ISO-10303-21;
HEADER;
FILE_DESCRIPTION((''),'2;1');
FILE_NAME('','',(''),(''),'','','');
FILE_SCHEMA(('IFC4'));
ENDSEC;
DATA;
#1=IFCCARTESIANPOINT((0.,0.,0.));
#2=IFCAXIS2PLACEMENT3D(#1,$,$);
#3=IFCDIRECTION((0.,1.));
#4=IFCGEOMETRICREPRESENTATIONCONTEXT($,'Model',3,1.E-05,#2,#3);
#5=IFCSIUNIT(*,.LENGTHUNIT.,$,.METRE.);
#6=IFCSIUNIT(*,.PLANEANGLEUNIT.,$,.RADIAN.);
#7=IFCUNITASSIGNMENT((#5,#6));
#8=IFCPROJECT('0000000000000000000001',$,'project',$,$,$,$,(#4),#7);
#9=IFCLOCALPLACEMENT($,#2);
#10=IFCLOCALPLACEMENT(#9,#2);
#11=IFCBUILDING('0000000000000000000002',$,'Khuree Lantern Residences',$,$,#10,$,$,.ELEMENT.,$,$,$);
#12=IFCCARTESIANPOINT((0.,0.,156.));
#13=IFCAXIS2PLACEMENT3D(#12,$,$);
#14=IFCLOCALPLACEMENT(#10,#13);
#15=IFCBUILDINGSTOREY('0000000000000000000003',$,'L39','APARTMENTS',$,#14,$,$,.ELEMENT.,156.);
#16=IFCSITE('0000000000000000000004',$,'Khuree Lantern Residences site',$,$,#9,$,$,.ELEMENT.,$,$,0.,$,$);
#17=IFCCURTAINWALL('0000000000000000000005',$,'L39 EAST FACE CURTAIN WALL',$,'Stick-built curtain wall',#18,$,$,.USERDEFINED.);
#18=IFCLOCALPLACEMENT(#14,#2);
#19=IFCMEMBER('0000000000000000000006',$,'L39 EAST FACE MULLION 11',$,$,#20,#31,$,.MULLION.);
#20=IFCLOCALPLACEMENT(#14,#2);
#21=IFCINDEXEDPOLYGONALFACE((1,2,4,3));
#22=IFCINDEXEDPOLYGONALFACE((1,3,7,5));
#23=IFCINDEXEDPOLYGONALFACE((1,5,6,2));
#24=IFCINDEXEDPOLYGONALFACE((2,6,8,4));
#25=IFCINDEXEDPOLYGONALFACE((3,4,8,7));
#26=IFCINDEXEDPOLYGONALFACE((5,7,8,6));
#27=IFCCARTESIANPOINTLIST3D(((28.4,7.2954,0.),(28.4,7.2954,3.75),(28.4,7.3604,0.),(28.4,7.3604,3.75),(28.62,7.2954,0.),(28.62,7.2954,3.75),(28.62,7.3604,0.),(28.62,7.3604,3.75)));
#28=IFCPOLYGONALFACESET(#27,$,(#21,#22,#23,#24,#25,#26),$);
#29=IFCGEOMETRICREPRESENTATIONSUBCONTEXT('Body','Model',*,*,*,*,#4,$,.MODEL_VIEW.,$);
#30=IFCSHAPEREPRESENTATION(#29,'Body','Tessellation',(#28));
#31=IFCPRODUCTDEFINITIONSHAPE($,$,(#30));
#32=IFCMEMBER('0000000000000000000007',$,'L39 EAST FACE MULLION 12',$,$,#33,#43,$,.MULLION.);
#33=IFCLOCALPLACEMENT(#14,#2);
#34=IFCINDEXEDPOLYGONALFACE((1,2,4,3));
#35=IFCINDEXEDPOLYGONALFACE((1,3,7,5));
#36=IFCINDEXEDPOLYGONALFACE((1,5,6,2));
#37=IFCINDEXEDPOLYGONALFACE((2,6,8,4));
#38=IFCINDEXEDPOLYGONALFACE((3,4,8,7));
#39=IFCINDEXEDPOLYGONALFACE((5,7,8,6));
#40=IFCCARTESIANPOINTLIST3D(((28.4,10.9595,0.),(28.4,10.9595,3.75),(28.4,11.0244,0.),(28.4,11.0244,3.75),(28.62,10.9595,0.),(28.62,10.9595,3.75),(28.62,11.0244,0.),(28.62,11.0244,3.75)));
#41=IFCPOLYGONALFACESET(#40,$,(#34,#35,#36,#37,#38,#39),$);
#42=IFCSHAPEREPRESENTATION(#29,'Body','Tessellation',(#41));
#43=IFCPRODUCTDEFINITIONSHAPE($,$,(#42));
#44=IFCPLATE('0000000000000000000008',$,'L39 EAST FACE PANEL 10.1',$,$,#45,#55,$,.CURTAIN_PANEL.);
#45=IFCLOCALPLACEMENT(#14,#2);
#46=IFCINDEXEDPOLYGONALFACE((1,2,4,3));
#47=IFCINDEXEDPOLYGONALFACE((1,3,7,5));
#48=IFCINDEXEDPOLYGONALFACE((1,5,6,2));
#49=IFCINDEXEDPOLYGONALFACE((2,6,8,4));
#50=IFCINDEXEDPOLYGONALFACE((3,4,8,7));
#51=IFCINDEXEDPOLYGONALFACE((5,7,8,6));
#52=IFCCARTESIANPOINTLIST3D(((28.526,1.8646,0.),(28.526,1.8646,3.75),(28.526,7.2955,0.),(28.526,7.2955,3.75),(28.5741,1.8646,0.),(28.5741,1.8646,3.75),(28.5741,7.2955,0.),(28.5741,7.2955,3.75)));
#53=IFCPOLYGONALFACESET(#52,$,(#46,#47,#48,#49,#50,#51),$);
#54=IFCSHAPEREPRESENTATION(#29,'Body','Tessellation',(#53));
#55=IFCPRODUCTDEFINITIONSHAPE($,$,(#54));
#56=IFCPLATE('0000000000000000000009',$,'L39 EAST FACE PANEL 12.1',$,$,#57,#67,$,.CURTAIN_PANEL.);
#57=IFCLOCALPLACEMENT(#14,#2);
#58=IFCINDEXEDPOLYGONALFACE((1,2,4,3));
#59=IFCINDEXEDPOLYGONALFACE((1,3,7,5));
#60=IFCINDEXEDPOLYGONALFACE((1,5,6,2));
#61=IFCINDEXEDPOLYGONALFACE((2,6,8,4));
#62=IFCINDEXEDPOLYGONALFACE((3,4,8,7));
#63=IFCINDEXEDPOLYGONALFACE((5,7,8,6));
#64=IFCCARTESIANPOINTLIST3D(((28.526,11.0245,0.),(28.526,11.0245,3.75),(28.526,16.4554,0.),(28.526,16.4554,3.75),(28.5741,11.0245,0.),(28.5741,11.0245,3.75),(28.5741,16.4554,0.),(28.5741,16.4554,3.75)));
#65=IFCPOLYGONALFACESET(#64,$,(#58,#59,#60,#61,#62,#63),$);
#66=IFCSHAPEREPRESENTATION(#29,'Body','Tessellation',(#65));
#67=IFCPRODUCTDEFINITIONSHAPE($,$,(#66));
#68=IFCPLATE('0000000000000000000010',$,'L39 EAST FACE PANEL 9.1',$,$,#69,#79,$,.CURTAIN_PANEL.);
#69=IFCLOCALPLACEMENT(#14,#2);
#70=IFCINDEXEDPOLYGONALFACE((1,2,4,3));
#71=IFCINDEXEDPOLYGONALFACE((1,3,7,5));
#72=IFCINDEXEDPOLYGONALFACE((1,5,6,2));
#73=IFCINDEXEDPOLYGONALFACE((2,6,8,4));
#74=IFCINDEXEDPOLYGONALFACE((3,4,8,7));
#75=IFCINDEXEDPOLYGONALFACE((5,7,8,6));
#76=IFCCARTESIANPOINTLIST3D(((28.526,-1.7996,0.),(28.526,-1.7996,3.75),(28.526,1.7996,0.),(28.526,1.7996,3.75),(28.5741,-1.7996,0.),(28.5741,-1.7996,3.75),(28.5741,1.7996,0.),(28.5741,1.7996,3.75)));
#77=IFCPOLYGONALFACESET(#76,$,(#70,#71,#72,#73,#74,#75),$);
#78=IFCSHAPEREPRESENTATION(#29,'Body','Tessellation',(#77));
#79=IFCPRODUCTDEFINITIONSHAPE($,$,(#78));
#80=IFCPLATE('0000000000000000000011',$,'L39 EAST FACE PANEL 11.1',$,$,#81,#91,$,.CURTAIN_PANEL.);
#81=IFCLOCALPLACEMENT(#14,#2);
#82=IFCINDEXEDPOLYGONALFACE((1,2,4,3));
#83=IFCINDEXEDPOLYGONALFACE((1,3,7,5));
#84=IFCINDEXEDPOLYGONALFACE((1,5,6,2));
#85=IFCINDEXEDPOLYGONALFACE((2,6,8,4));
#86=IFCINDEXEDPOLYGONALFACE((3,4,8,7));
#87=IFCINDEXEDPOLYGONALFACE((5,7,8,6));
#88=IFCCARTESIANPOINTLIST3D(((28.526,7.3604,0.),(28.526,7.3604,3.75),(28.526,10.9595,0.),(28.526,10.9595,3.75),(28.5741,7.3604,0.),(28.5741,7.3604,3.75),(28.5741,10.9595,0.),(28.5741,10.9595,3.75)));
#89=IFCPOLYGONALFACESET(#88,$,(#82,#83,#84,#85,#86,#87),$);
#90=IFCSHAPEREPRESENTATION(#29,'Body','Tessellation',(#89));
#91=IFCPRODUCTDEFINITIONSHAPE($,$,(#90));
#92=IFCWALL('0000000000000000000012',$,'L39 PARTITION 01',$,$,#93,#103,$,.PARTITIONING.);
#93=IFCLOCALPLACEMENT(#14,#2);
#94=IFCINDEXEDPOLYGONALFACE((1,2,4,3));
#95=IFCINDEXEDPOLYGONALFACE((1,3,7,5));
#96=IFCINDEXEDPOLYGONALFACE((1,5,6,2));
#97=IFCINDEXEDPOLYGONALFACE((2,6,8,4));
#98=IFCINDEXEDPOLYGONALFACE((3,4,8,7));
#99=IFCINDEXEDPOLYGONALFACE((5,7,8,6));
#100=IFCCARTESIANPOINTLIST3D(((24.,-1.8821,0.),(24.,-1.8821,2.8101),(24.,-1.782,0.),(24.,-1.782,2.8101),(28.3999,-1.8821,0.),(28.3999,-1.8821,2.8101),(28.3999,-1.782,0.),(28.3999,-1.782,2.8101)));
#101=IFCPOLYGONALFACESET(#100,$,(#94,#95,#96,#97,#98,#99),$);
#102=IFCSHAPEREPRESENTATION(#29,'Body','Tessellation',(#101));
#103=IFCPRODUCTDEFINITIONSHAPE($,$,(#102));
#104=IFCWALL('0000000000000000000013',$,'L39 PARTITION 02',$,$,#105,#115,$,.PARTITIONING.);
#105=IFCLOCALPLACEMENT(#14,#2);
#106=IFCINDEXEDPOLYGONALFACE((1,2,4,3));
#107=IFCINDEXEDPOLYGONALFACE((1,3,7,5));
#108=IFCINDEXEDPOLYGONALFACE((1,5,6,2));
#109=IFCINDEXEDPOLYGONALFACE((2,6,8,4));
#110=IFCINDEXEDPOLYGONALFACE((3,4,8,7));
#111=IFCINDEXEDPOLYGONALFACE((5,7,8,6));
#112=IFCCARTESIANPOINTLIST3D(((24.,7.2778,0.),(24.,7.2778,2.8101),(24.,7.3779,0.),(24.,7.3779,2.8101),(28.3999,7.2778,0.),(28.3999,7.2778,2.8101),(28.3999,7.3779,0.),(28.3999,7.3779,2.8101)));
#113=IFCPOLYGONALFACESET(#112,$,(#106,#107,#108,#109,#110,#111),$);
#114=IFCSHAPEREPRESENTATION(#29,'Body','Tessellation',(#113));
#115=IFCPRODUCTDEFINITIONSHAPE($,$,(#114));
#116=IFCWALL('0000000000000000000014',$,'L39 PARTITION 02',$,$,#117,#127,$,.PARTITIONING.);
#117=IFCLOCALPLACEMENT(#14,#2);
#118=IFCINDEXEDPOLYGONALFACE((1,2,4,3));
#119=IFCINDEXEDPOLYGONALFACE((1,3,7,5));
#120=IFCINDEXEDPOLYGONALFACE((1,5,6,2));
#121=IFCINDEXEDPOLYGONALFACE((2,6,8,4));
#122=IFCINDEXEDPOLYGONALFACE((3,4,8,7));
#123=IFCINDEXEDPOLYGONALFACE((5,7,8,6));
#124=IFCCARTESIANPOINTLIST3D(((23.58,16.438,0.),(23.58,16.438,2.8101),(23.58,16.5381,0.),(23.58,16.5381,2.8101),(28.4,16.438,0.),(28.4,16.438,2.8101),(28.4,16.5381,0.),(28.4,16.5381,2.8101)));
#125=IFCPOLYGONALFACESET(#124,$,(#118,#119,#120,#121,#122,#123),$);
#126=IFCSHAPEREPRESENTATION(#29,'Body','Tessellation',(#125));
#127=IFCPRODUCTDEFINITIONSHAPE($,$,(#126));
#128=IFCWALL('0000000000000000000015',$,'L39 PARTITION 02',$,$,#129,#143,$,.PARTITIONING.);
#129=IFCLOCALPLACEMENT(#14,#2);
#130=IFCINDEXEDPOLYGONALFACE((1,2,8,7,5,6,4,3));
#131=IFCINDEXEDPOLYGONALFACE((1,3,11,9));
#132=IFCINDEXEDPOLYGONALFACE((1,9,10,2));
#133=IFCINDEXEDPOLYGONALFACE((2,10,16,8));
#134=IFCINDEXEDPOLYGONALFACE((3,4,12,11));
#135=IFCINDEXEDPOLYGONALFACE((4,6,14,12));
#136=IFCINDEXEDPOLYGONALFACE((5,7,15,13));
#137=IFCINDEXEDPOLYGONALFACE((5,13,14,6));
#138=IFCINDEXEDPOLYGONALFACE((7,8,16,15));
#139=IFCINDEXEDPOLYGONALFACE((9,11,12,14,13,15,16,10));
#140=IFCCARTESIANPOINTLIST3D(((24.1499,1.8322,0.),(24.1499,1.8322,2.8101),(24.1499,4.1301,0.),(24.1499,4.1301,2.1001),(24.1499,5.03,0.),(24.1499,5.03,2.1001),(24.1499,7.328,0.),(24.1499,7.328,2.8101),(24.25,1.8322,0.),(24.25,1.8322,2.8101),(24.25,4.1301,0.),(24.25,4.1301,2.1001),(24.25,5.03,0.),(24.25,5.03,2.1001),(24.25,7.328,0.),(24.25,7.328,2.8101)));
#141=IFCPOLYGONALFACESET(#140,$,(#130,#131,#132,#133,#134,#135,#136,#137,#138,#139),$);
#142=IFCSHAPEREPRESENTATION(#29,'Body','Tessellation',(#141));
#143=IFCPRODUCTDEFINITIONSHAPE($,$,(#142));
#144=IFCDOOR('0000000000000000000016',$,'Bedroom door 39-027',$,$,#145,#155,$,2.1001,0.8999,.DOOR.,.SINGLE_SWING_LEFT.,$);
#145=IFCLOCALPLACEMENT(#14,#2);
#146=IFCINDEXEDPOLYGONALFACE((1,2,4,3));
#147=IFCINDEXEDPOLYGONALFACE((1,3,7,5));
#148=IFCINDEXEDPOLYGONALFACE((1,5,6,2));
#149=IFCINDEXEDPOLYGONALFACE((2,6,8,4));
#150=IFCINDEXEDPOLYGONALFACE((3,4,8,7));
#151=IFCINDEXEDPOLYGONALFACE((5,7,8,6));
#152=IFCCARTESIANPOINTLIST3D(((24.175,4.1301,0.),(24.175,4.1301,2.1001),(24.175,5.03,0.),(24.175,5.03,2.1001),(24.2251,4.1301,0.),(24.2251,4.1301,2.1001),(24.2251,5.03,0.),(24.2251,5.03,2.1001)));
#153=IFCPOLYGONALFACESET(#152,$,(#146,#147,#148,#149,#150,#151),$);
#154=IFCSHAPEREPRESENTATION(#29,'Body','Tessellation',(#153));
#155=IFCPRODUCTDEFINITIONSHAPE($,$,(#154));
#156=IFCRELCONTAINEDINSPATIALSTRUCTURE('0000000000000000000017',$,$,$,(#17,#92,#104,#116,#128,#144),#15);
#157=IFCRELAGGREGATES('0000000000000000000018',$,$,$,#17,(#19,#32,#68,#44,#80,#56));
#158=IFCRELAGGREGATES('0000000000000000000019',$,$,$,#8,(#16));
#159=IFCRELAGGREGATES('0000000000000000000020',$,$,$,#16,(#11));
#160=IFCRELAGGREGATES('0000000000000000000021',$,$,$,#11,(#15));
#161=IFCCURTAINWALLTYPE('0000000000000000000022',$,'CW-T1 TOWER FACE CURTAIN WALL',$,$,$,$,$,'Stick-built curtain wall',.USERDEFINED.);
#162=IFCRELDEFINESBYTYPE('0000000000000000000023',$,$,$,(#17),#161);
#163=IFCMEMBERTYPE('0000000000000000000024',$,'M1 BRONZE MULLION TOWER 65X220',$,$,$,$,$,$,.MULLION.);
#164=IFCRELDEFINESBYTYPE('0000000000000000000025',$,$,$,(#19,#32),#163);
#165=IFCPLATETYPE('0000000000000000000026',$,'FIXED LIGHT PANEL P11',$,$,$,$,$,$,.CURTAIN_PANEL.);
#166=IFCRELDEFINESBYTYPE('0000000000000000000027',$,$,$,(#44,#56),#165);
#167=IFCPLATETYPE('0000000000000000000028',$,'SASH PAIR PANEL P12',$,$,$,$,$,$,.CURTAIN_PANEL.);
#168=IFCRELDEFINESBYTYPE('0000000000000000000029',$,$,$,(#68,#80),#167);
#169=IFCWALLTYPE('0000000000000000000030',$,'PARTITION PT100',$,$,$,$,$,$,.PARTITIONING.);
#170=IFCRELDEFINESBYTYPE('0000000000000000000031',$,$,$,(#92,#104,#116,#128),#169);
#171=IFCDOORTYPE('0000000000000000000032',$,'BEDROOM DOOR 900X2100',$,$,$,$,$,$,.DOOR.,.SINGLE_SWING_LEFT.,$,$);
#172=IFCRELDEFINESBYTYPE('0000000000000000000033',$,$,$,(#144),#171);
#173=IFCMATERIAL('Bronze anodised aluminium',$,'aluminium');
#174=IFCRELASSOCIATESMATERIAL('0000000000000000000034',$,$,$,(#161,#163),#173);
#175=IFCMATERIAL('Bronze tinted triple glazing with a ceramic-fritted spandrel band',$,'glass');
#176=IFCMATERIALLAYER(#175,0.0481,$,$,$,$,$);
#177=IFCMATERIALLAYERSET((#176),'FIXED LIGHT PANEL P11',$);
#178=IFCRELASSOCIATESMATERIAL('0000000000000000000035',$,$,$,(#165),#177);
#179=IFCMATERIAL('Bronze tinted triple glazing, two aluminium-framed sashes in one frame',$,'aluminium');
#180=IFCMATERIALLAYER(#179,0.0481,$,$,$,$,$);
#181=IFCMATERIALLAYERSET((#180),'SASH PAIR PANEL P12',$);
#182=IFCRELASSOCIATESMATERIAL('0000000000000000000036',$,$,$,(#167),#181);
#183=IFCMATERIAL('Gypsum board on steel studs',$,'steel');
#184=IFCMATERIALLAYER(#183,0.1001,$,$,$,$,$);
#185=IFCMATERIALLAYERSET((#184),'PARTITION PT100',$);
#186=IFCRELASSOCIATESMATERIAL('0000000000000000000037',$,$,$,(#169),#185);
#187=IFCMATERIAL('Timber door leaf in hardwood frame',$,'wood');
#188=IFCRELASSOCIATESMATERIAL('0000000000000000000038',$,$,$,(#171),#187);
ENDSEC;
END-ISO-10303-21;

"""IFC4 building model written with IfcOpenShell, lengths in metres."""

from ifc_helpers import new_model, si_unit, direction, frame, frame_2d, origin, origin_2d, place, context, subcontext, project, spatial, rectangle, extrude, material, layer, layer_set, material_profile, profile_set, type_object, element, fill, aggregate, save


model = new_model("IFC4")

# Units and contexts
model_context = context("Model", 3, precision=1e-05, world=origin(), true_north=direction((0.0, 1.0)))
body_context = subcontext(model_context, "Body", "Model", "MODEL_VIEW")
ifc_project = project(units=[si_unit("LENGTHUNIT", "METRE"), si_unit("PLANEANGLEUNIT", "RADIAN")], contexts=[model_context])

# Site, building, storey
site_placement = place(None, origin())
site = spatial("IfcSite", under=ifc_project, at=site_placement, Name="Khuree Lantern Residences site", CompositionType="ELEMENT", RefElevation=0.0)
building_placement = place(site_placement, origin())
building = spatial("IfcBuilding", under=site, at=building_placement, Name="Khuree Lantern Residences", CompositionType="ELEMENT")
storey_placement = place(building_placement, frame((0.0, 0.0, 156.0)))
storey = spatial("IfcBuildingStorey", under=building, at=storey_placement, Name="L39", Description="APARTMENTS", CompositionType="ELEMENT", Elevation=156.0)

# Curtain wall
ifc_material_1 = material(Name="Bronze anodised aluminium", Category="aluminium")
curtain_wall_type = type_object("IfcCurtainWallType", Name="CW-T1 TOWER FACE CURTAIN WALL", ElementType="Stick-built curtain wall", PredefinedType="USERDEFINED", material=ifc_material_1)
curtain_wall_placement = place(storey_placement, origin())
curtain_wall = element("IfcCurtainWall", 1, at=curtain_wall_placement, inside=storey, type_object=curtain_wall_type, Name="L39 EAST FACE CURTAIN WALL", ObjectType="Stick-built curtain wall", PredefinedType="USERDEFINED")

# Members
ifc_material_profile_1 = material_profile(ifc_material_1, rectangle(XDim=0.0649, YDim=0.22, at=origin_2d()), Name="M1 65X220")
ifc_profile_set_1 = profile_set([ifc_material_profile_1], Name="Bronze anodised aluminium")
member_type_1 = type_object("IfcMemberType", Name="M1 BRONZE MULLION TOWER 65X220", PredefinedType="MULLION", material=ifc_profile_set_1)
member_1_placement = place(storey_placement, frame((28.51, 7.3279, 0.0), z_axis=(0.0, 0.0, 1.0), x_axis=(0.0, 1.0, 0.0)))
member_1 = element("IfcMember", 2, at=member_1_placement, type_object=member_type_1, Name="L39 EAST FACE MULLION 11", PredefinedType="MULLION", context=body_context, shape_type="SweptSolid", body=[
    extrude(rectangle(XDim=0.0649, YDim=0.22, at=origin_2d()), origin(), (0.0, 0.0, 1.0), 3.75),
])
member_2_placement = place(storey_placement, frame((28.51, 10.9919, 0.0), z_axis=(0.0, 0.0, 1.0), x_axis=(0.0, 1.0, 0.0)))
member_2 = element("IfcMember", 3, at=member_2_placement, type_object=member_type_1, Name="L39 EAST FACE MULLION 12", PredefinedType="MULLION", context=body_context, shape_type="SweptSolid", body=[
    extrude(rectangle(XDim=0.0649, YDim=0.22, at=origin_2d()), origin(), (0.0, 0.0, 1.0), 3.75),
])

# Plates
ifc_material_2 = material(Name="Bronze tinted triple glazing with a ceramic-fritted spandrel band", Category="glass")
ifc_layer_1 = layer(ifc_material_2, 0.0481)
ifc_layer_set_1 = layer_set([ifc_layer_1], Name="FIXED LIGHT PANEL P11")
plate_type_1 = type_object("IfcPlateType", Name="FIXED LIGHT PANEL P11", PredefinedType="CURTAIN_PANEL", material=ifc_layer_set_1)
plate_1_placement = place(storey_placement, frame((28.55, 4.5801, 0.0), z_axis=(0.0, 0.0, 1.0), x_axis=(0.0, 1.0, 0.0)))
plate_1 = element("IfcPlate", 4, at=plate_1_placement, type_object=plate_type_1, Name="L39 EAST FACE PANEL 10.1", PredefinedType="CURTAIN_PANEL", context=body_context, shape_type="SweptSolid", body=[
    extrude(rectangle(XDim=5.4309, YDim=0.0481, at=origin_2d()), origin(), (0.0, 0.0, 1.0), 3.75),
])
plate_2_placement = place(storey_placement, frame((28.55, 13.74, 0.0), z_axis=(0.0, 0.0, 1.0), x_axis=(0.0, 1.0, 0.0)))
plate_2 = element("IfcPlate", 5, at=plate_2_placement, type_object=plate_type_1, Name="L39 EAST FACE PANEL 12.1", PredefinedType="CURTAIN_PANEL", context=body_context, shape_type="SweptSolid", body=[
    extrude(rectangle(XDim=5.4309, YDim=0.0481, at=origin_2d()), origin(), (0.0, 0.0, 1.0), 3.75),
])
ifc_material_3 = material(Name="Bronze tinted triple glazing, two aluminium-framed sashes in one frame", Category="aluminium")
ifc_layer_2 = layer(ifc_material_3, 0.0481)
ifc_layer_set_2 = layer_set([ifc_layer_2], Name="SASH PAIR PANEL P12")
plate_type_2 = type_object("IfcPlateType", Name="SASH PAIR PANEL P12", PredefinedType="CURTAIN_PANEL", material=ifc_layer_set_2)
plate_3_placement = place(storey_placement, frame((28.55, 0.0, 0.0), z_axis=(0.0, 0.0, 1.0), x_axis=(0.0, 1.0, 0.0)))
plate_3 = element("IfcPlate", 6, at=plate_3_placement, type_object=plate_type_2, Name="L39 EAST FACE PANEL 9.1", PredefinedType="CURTAIN_PANEL", context=body_context, shape_type="SweptSolid", body=[
    extrude(rectangle(XDim=3.5991, YDim=0.0481, at=origin_2d()), origin(), (0.0, 0.0, 1.0), 3.75),
])
plate_4_placement = place(storey_placement, frame((28.55, 9.1599, 0.0), z_axis=(0.0, 0.0, 1.0), x_axis=(0.0, 1.0, 0.0)))
plate_4 = element("IfcPlate", 7, at=plate_4_placement, type_object=plate_type_2, Name="L39 EAST FACE PANEL 11.1", PredefinedType="CURTAIN_PANEL", context=body_context, shape_type="SweptSolid", body=[
    extrude(rectangle(XDim=3.5991, YDim=0.0481, at=origin_2d()), origin(), (0.0, 0.0, 1.0), 3.75),
])
aggregate(curtain_wall, [member_1, member_2, plate_3, plate_1, plate_4, plate_2])

# Walls
ifc_material_4 = material(Name="Gypsum board on steel studs", Category="steel")
ifc_layer_3 = layer(ifc_material_4, 0.1001)
ifc_layer_set_3 = layer_set([ifc_layer_3], Name="PARTITION PT100")
wall_type = type_object("IfcWallType", Name="PARTITION PT100", PredefinedType="PARTITIONING", material=ifc_layer_set_3)
for number, where, z_axis, x_axis, name in (
    (8, (24.0, -1.832, 0.0), (0.0, 0.0, 1.0), (1.0, 0.0, 0.0), "L39 PARTITION 01"),
    (9, (24.0, 7.3279, 0.0), (0.0, 0.0, 1.0), (1.0, 0.0, 0.0), "L39 PARTITION 02"),
):
    element("IfcWall", number, at=place(storey_placement, frame(where, z_axis=z_axis, x_axis=x_axis)), inside=storey, type_object=wall_type, Name=name, PredefinedType="PARTITIONING", context=body_context, shape_type="SweptSolid", body=[
        extrude(rectangle(XDim=4.3999, YDim=0.1001, at=frame_2d((2.2, 0.0))), origin(), (0.0, 0.0, 1.0), 2.8101),
    ])
wall_1_placement = place(storey_placement, frame((23.5798, 16.488, 0.0), z_axis=(0.0, 0.0, 1.0), x_axis=(1.0, 0.0, 0.0)))
element("IfcWall", 10, at=wall_1_placement, inside=storey, type_object=wall_type, Name="L39 PARTITION 02", PredefinedType="PARTITIONING", context=body_context, shape_type="SweptSolid", body=[
    extrude(rectangle(XDim=4.8201, YDim=0.1001, at=frame_2d((2.4102, 0.0))), origin(), (0.0, 0.0, 1.0), 2.8101),
])

# Wall, opening, door
wall_2_placement = place(storey_placement, frame((24.2, 1.832, 0.0), z_axis=(0.0, 0.0, 1.0), x_axis=(0.0, 1.0, 0.0)))
wall_2 = element("IfcWall", 11, at=wall_2_placement, inside=storey, type_object=wall_type, Name="L39 PARTITION 02", PredefinedType="PARTITIONING", context=body_context, shape_type="SweptSolid", body=[
    extrude(rectangle(XDim=5.4958, YDim=0.1001, at=frame_2d((2.748, 0.0))), origin(), (0.0, 0.0, 1.0), 2.8101),
])
opening_1_placement = place(wall_2_placement, frame((2.2981, 0.0, 0.0)))
opening_1 = element("IfcOpeningElement", 12, at=opening_1_placement, cuts=wall_2, PredefinedType="OPENING", context=body_context, shape_type="SweptSolid", body=[
    extrude(rectangle(XDim=0.8999, YDim=2.1001, at=frame_2d((0.45, 1.05))), frame((0.0, 0.0601, 0.0), z_axis=(0.0, -1.0, 0.0), x_axis=(1.0, 0.0, 0.0)), (0.0, 0.0, 1.0), 0.1201),
])
ifc_material_5 = material(Name="Timber door leaf in hardwood frame", Category="wood")
door_type_1 = type_object("IfcDoorType", Name="BEDROOM DOOR 900X2100", OperationType="SINGLE_SWING_LEFT", PredefinedType="DOOR", material=ifc_material_5)
door_1_placement = place(opening_1_placement, origin())
door_1 = element("IfcDoor", 13, at=door_1_placement, inside=storey, type_object=door_type_1, Name="Bedroom door 39-027", OperationType="SINGLE_SWING_LEFT", OverallHeight=2.1001, OverallWidth=0.8999, PredefinedType="DOOR", context=body_context, shape_type="SweptSolid", body=[
    extrude(rectangle(XDim=0.8999, YDim=2.1001, at=frame_2d((0.45, 1.05))), frame((0.0, 0.0249, 0.0), z_axis=(0.0, -1.0, 0.0), x_axis=(1.0, 0.0, 0.0)), (0.0, 0.0, 1.0), 0.05),
])
fill(opening_1, door_1)

save(model, "model.ifc")
